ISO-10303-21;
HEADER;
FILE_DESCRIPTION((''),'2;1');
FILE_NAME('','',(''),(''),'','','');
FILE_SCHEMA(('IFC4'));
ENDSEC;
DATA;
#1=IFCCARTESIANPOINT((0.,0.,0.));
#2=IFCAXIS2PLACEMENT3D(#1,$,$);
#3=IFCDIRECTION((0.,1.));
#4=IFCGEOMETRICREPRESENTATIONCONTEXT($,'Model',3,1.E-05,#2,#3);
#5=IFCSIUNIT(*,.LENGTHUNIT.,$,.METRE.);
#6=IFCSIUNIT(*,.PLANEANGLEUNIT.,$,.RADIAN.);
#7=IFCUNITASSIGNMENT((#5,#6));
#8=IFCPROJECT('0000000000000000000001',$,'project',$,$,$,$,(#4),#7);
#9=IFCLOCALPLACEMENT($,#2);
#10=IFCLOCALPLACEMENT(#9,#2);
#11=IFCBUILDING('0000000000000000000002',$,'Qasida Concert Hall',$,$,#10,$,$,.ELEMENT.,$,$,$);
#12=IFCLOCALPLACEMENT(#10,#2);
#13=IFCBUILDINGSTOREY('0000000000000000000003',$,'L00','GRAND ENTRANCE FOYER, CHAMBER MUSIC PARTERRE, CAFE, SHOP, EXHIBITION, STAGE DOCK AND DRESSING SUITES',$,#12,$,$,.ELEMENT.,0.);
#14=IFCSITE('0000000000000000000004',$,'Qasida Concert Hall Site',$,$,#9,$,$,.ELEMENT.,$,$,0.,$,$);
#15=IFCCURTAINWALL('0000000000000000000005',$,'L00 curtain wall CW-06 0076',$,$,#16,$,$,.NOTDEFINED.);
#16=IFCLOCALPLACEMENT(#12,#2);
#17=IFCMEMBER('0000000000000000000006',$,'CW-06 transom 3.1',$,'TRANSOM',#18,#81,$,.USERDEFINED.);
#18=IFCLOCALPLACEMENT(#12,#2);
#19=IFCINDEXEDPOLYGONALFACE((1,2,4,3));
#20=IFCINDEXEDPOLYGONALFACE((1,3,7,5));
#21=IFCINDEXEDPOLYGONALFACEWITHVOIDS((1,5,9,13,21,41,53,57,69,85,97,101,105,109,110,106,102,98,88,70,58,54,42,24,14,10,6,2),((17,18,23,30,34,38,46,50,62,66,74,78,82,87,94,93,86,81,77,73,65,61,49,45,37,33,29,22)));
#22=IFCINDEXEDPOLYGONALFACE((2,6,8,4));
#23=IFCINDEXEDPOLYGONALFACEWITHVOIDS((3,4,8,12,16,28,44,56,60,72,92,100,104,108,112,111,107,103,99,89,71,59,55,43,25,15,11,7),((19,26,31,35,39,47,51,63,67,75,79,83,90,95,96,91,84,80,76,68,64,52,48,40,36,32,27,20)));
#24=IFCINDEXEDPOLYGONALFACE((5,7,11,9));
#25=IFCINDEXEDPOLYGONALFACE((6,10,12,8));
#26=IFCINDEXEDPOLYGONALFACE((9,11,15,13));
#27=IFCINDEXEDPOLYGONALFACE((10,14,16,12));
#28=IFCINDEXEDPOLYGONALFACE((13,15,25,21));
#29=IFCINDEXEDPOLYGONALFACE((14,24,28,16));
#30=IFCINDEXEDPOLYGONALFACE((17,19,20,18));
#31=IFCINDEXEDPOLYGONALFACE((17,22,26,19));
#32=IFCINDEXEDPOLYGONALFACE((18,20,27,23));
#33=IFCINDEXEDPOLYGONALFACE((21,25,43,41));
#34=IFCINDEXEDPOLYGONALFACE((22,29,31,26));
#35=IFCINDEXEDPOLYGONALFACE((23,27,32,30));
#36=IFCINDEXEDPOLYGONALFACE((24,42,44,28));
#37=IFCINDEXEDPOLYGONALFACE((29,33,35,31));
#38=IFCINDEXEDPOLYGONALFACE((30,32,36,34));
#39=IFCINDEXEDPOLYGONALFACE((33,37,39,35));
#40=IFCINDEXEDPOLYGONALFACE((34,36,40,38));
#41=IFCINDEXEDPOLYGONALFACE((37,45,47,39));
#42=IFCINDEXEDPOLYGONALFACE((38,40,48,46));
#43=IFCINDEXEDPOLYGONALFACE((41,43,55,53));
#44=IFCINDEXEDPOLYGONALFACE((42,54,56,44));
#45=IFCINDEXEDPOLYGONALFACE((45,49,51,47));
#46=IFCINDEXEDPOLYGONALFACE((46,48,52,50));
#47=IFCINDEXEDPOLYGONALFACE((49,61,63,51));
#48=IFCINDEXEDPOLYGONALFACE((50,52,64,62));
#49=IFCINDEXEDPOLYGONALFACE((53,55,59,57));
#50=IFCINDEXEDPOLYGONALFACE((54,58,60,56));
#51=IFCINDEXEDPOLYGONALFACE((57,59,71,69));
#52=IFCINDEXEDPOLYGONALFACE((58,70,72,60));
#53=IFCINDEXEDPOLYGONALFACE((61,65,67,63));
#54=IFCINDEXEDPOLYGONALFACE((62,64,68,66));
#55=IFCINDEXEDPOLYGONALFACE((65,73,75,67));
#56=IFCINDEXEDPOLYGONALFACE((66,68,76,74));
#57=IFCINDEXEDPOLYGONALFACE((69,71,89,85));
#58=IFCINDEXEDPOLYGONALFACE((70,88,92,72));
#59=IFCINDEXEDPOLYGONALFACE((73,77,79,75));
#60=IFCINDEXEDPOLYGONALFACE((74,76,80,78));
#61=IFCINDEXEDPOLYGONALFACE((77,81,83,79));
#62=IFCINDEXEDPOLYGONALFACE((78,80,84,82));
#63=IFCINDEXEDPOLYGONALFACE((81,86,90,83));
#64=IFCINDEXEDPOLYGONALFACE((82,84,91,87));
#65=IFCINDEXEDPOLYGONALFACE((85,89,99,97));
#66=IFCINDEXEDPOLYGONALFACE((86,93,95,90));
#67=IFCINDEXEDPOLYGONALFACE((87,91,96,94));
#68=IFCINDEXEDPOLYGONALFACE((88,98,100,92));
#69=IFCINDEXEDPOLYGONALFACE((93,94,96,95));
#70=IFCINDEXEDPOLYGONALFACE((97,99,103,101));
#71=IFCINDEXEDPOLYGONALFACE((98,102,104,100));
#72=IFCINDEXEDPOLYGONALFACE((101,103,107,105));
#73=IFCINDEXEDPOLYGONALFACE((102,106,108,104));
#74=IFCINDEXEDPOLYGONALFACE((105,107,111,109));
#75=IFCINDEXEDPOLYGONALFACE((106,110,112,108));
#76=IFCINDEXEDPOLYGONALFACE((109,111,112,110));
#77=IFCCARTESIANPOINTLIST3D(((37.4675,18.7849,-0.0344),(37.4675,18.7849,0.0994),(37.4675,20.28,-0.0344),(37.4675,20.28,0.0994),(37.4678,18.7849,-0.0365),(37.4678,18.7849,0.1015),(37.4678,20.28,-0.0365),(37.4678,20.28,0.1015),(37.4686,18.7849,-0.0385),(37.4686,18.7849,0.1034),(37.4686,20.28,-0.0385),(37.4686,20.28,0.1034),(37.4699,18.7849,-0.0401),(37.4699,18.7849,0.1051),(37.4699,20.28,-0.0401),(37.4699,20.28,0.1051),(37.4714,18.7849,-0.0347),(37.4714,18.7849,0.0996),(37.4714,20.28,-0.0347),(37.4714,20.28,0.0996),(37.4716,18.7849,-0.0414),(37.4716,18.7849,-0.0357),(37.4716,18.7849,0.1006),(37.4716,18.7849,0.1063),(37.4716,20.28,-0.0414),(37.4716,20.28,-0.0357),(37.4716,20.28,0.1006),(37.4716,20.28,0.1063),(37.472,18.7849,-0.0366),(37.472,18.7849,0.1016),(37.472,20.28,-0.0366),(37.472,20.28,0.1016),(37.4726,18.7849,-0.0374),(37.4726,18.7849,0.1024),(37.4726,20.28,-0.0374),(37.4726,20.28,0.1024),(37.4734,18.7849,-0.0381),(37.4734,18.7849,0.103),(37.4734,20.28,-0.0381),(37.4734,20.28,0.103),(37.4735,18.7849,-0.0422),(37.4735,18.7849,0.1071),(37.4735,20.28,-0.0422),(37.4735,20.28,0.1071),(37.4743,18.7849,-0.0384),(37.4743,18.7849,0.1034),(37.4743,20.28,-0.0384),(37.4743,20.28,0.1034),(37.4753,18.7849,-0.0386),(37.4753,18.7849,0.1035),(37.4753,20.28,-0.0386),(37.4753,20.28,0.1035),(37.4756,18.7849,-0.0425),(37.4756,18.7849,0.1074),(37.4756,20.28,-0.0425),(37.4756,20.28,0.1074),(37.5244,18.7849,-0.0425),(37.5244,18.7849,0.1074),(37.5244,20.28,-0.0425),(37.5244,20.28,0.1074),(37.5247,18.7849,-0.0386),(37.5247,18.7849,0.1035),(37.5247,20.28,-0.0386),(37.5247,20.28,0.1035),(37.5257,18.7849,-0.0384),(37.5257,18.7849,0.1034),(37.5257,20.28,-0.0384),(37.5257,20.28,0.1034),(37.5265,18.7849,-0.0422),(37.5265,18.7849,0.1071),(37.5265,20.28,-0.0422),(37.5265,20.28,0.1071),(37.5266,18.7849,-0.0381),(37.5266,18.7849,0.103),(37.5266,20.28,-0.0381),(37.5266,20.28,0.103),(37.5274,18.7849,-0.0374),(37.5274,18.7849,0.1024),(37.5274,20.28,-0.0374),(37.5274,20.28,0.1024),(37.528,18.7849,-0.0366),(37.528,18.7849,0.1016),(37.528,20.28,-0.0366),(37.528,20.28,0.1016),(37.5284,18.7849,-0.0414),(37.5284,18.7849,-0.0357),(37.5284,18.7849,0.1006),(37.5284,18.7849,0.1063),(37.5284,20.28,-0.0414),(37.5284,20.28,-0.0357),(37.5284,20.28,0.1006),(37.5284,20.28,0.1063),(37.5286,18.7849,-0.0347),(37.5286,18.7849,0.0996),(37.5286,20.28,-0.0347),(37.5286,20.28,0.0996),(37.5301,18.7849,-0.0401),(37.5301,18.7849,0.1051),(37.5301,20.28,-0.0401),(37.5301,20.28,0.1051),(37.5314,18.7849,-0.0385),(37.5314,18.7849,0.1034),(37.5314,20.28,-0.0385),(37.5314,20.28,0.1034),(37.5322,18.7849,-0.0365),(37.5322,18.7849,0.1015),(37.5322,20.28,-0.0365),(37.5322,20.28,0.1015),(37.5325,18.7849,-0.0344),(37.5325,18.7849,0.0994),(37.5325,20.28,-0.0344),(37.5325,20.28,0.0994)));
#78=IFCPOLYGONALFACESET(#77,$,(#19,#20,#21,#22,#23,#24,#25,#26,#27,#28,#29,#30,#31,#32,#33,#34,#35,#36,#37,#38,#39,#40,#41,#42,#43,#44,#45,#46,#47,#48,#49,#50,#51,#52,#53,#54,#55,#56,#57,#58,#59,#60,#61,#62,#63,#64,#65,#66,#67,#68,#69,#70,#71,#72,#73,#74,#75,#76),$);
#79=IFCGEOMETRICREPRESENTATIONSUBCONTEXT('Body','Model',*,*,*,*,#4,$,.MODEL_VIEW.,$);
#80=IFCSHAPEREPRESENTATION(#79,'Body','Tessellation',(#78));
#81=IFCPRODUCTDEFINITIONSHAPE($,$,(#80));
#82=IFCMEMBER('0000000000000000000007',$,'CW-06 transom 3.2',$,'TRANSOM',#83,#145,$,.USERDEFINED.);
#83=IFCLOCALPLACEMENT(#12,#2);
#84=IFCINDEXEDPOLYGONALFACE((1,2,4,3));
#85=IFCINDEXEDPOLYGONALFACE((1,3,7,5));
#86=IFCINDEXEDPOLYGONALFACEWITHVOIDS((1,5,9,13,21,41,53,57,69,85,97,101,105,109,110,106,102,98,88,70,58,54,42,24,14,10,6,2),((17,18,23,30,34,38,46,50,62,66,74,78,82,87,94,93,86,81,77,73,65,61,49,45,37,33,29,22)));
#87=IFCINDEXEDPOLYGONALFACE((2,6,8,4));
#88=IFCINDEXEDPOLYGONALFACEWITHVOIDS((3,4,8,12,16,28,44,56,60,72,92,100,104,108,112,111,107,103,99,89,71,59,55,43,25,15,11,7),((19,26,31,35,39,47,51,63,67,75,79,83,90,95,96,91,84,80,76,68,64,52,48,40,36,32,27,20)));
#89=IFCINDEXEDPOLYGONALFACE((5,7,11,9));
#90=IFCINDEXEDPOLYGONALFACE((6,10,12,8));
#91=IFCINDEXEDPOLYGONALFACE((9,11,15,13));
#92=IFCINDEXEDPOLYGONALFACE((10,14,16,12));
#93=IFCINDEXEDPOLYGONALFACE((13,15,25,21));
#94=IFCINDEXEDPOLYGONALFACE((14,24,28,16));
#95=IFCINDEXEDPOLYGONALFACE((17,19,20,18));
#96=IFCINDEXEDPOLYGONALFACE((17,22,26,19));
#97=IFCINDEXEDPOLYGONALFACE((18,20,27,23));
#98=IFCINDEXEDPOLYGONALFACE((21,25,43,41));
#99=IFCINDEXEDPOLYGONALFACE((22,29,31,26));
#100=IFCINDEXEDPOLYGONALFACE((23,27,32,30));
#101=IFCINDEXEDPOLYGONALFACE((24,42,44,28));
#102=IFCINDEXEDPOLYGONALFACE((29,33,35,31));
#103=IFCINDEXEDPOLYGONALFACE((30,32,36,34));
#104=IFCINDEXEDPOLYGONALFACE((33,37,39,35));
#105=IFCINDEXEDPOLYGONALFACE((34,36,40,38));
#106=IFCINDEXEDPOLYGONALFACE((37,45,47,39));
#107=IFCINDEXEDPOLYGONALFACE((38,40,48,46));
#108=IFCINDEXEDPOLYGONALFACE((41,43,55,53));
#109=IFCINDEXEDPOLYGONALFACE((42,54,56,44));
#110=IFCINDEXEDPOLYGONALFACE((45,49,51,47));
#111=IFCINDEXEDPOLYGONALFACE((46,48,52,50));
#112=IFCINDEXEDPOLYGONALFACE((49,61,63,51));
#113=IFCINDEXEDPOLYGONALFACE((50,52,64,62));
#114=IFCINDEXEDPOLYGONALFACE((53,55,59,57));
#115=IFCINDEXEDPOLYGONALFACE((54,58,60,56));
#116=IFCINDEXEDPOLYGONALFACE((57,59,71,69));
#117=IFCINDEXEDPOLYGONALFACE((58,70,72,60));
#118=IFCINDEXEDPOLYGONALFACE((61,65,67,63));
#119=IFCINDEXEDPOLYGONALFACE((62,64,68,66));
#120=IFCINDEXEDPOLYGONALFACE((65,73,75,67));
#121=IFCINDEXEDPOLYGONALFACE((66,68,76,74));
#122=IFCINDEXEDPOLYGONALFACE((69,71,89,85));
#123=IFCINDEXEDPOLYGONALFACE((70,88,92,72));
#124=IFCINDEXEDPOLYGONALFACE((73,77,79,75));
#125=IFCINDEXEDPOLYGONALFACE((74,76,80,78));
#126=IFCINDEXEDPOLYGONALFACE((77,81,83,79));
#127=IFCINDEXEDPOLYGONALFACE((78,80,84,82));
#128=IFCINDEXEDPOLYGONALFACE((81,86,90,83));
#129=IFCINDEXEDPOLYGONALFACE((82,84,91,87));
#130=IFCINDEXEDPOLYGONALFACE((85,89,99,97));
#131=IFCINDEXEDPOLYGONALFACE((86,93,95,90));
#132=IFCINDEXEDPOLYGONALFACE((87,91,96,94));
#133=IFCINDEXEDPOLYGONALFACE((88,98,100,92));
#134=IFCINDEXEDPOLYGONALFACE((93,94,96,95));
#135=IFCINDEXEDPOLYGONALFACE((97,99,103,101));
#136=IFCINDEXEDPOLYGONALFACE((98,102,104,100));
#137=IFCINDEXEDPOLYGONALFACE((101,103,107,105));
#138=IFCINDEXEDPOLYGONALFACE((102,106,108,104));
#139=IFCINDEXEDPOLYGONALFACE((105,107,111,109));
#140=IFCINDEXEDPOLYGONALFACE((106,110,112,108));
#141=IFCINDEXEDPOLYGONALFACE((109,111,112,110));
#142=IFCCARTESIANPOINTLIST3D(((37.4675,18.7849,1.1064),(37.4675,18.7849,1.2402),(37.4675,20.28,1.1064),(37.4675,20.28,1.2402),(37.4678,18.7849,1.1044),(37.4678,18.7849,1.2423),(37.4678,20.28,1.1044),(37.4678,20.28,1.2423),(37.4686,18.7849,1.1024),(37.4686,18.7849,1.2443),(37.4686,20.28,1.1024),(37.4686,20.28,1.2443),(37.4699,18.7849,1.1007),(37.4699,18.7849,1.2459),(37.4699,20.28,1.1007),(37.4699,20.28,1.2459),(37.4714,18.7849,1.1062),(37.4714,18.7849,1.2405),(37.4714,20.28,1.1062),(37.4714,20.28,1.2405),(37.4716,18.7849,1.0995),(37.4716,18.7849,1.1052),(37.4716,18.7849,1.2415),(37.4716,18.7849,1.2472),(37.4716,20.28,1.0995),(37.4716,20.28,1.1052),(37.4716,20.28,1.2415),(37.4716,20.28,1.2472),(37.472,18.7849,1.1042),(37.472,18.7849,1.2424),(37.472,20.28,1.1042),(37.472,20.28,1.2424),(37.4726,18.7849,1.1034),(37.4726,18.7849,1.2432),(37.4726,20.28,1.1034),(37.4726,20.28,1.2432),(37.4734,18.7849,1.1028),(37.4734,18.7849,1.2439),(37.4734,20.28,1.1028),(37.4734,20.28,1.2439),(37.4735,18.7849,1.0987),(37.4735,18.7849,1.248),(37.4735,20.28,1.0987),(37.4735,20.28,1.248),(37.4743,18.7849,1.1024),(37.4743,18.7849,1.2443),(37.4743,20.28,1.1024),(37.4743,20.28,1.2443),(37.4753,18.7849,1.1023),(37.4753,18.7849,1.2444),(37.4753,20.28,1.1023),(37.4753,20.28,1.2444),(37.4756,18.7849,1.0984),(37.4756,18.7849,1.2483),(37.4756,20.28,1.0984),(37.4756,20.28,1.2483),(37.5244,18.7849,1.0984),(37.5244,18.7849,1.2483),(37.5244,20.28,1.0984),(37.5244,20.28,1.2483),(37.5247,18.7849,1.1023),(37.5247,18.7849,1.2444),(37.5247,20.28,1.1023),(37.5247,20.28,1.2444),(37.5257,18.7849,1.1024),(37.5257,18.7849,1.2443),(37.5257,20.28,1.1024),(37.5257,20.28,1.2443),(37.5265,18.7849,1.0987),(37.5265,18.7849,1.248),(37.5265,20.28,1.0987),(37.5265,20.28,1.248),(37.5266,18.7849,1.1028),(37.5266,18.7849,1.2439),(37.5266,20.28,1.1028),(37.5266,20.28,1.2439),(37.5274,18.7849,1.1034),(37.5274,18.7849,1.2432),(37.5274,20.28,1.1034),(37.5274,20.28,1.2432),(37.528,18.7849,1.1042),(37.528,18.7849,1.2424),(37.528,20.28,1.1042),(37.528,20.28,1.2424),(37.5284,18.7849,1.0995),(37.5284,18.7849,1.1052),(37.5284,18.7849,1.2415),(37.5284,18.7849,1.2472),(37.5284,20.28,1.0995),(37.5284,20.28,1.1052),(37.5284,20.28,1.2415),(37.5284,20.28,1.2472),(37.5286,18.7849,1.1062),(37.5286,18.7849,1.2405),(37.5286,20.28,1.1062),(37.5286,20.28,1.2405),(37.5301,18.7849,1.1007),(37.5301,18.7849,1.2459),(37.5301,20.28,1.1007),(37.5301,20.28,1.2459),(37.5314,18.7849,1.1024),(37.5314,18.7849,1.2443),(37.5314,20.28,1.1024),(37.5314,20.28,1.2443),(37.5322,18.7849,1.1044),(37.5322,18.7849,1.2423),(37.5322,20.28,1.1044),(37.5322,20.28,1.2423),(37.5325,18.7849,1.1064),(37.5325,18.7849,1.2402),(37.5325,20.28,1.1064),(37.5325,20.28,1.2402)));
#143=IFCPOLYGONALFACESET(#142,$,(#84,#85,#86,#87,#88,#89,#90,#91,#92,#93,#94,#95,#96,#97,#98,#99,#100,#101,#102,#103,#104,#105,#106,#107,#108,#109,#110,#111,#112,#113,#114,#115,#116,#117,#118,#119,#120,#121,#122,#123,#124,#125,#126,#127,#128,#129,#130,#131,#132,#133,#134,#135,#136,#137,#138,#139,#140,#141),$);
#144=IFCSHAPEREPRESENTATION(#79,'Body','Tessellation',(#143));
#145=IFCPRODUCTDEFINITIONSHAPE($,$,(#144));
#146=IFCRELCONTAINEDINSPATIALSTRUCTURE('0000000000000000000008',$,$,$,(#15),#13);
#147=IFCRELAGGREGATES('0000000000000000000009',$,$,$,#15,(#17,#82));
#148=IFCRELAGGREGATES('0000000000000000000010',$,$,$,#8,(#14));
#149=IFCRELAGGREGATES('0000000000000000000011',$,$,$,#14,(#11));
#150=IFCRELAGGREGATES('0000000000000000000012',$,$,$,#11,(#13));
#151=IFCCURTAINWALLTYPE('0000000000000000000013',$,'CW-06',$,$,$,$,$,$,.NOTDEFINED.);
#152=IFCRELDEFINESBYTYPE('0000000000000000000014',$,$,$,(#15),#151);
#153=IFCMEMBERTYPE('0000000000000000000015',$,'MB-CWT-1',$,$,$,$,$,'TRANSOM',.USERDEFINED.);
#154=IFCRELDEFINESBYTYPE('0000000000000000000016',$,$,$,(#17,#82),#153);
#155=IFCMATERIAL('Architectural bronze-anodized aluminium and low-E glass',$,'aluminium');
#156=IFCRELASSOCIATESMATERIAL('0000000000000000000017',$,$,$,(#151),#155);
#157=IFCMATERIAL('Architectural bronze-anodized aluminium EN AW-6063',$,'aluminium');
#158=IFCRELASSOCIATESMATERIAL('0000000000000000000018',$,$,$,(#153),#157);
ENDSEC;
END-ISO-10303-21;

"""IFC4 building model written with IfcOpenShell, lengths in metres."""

from ifc_helpers import new_model, si_unit, direction, frame, origin, origin_2d, place, context, subcontext, project, spatial, hollow_rectangle, extrude, material, material_profile, profile_set, type_object, element, aggregate, save


model = new_model("IFC4")

# Units and contexts
model_context = context("Model", 3, precision=1e-05, world=origin(), true_north=direction((0.0, 1.0)))
body_context = subcontext(model_context, "Body", "Model", "MODEL_VIEW")
ifc_project = project(units=[si_unit("LENGTHUNIT", "METRE"), si_unit("PLANEANGLEUNIT", "RADIAN")], contexts=[model_context])

# Site, building, storey
site_placement = place(None, origin())
site = spatial("IfcSite", under=ifc_project, at=site_placement, Name="Qasida Concert Hall Site", CompositionType="ELEMENT", RefElevation=0.0)
building_placement = place(site_placement, origin())
building = spatial("IfcBuilding", under=site, at=building_placement, Name="Qasida Concert Hall", CompositionType="ELEMENT")
storey_placement = place(building_placement, origin())
storey = spatial("IfcBuildingStorey", under=building, at=storey_placement, Name="L00", Description="GRAND ENTRANCE FOYER, CHAMBER MUSIC PARTERRE, CAFE, SHOP, EXHIBITION, STAGE DOCK AND DRESSING SUITES", CompositionType="ELEMENT", Elevation=0.0)

# Curtain wall, members
ifc_material_1 = material(Name="Architectural bronze-anodized aluminium and low-E glass", Category="aluminium")
curtain_wall_type = type_object("IfcCurtainWallType", Name="CW-06", PredefinedType="NOTDEFINED", material=ifc_material_1)
curtain_wall_placement = place(storey_placement, origin())
curtain_wall = element("IfcCurtainWall", 1, at=curtain_wall_placement, inside=storey, type_object=curtain_wall_type, Name="L00 curtain wall CW-06 0076", PredefinedType="NOTDEFINED")
ifc_material_2 = material(Name="Architectural bronze-anodized aluminium EN AW-6063", Category="aluminium")
ifc_material_profile_1 = material_profile(ifc_material_2, hollow_rectangle(XDim=0.0649, YDim=0.1499, WallThickness=0.0039, InnerFilletRadius=0.0039, OuterFilletRadius=0.0081, at=origin_2d()), Name="CWT 150x65x4")
ifc_profile_set_1 = profile_set([ifc_material_profile_1], Name="Architectural bronze-anodized aluminium EN AW-6063")
member_type_1 = type_object("IfcMemberType", Name="MB-CWT-1", ElementType="TRANSOM", PredefinedType="USERDEFINED", material=ifc_profile_set_1)
member_1_placement = place(storey_placement, frame((37.5, 18.7849, 0.0325), z_axis=(0.0, 1.0, 0.0), x_axis=(-1.0, 0.0, 0.0)))
member_1 = element("IfcMember", 2, at=member_1_placement, type_object=member_type_1, Name="CW-06 transom 3.1", ObjectType="TRANSOM", PredefinedType="USERDEFINED", context=body_context, shape_type="SweptSolid", body=[
    extrude(hollow_rectangle(XDim=0.0649, YDim=0.1499, WallThickness=0.0039, InnerFilletRadius=0.0039, OuterFilletRadius=0.0081, at=origin_2d()), origin(), (0.0, 0.0, 1.0), 1.4951),
])
member_2_placement = place(storey_placement, frame((37.5, 18.7849, 1.1733), z_axis=(0.0, 1.0, 0.0), x_axis=(-1.0, 0.0, 0.0)))
member_2 = element("IfcMember", 3, at=member_2_placement, type_object=member_type_1, Name="CW-06 transom 3.2", ObjectType="TRANSOM", PredefinedType="USERDEFINED", context=body_context, shape_type="SweptSolid", body=[
    extrude(hollow_rectangle(XDim=0.0649, YDim=0.1499, WallThickness=0.0039, InnerFilletRadius=0.0039, OuterFilletRadius=0.0081, at=origin_2d()), origin(), (0.0, 0.0, 1.0), 1.4951),
])
aggregate(curtain_wall, [member_1, member_2])

save(model, "model.ifc")
